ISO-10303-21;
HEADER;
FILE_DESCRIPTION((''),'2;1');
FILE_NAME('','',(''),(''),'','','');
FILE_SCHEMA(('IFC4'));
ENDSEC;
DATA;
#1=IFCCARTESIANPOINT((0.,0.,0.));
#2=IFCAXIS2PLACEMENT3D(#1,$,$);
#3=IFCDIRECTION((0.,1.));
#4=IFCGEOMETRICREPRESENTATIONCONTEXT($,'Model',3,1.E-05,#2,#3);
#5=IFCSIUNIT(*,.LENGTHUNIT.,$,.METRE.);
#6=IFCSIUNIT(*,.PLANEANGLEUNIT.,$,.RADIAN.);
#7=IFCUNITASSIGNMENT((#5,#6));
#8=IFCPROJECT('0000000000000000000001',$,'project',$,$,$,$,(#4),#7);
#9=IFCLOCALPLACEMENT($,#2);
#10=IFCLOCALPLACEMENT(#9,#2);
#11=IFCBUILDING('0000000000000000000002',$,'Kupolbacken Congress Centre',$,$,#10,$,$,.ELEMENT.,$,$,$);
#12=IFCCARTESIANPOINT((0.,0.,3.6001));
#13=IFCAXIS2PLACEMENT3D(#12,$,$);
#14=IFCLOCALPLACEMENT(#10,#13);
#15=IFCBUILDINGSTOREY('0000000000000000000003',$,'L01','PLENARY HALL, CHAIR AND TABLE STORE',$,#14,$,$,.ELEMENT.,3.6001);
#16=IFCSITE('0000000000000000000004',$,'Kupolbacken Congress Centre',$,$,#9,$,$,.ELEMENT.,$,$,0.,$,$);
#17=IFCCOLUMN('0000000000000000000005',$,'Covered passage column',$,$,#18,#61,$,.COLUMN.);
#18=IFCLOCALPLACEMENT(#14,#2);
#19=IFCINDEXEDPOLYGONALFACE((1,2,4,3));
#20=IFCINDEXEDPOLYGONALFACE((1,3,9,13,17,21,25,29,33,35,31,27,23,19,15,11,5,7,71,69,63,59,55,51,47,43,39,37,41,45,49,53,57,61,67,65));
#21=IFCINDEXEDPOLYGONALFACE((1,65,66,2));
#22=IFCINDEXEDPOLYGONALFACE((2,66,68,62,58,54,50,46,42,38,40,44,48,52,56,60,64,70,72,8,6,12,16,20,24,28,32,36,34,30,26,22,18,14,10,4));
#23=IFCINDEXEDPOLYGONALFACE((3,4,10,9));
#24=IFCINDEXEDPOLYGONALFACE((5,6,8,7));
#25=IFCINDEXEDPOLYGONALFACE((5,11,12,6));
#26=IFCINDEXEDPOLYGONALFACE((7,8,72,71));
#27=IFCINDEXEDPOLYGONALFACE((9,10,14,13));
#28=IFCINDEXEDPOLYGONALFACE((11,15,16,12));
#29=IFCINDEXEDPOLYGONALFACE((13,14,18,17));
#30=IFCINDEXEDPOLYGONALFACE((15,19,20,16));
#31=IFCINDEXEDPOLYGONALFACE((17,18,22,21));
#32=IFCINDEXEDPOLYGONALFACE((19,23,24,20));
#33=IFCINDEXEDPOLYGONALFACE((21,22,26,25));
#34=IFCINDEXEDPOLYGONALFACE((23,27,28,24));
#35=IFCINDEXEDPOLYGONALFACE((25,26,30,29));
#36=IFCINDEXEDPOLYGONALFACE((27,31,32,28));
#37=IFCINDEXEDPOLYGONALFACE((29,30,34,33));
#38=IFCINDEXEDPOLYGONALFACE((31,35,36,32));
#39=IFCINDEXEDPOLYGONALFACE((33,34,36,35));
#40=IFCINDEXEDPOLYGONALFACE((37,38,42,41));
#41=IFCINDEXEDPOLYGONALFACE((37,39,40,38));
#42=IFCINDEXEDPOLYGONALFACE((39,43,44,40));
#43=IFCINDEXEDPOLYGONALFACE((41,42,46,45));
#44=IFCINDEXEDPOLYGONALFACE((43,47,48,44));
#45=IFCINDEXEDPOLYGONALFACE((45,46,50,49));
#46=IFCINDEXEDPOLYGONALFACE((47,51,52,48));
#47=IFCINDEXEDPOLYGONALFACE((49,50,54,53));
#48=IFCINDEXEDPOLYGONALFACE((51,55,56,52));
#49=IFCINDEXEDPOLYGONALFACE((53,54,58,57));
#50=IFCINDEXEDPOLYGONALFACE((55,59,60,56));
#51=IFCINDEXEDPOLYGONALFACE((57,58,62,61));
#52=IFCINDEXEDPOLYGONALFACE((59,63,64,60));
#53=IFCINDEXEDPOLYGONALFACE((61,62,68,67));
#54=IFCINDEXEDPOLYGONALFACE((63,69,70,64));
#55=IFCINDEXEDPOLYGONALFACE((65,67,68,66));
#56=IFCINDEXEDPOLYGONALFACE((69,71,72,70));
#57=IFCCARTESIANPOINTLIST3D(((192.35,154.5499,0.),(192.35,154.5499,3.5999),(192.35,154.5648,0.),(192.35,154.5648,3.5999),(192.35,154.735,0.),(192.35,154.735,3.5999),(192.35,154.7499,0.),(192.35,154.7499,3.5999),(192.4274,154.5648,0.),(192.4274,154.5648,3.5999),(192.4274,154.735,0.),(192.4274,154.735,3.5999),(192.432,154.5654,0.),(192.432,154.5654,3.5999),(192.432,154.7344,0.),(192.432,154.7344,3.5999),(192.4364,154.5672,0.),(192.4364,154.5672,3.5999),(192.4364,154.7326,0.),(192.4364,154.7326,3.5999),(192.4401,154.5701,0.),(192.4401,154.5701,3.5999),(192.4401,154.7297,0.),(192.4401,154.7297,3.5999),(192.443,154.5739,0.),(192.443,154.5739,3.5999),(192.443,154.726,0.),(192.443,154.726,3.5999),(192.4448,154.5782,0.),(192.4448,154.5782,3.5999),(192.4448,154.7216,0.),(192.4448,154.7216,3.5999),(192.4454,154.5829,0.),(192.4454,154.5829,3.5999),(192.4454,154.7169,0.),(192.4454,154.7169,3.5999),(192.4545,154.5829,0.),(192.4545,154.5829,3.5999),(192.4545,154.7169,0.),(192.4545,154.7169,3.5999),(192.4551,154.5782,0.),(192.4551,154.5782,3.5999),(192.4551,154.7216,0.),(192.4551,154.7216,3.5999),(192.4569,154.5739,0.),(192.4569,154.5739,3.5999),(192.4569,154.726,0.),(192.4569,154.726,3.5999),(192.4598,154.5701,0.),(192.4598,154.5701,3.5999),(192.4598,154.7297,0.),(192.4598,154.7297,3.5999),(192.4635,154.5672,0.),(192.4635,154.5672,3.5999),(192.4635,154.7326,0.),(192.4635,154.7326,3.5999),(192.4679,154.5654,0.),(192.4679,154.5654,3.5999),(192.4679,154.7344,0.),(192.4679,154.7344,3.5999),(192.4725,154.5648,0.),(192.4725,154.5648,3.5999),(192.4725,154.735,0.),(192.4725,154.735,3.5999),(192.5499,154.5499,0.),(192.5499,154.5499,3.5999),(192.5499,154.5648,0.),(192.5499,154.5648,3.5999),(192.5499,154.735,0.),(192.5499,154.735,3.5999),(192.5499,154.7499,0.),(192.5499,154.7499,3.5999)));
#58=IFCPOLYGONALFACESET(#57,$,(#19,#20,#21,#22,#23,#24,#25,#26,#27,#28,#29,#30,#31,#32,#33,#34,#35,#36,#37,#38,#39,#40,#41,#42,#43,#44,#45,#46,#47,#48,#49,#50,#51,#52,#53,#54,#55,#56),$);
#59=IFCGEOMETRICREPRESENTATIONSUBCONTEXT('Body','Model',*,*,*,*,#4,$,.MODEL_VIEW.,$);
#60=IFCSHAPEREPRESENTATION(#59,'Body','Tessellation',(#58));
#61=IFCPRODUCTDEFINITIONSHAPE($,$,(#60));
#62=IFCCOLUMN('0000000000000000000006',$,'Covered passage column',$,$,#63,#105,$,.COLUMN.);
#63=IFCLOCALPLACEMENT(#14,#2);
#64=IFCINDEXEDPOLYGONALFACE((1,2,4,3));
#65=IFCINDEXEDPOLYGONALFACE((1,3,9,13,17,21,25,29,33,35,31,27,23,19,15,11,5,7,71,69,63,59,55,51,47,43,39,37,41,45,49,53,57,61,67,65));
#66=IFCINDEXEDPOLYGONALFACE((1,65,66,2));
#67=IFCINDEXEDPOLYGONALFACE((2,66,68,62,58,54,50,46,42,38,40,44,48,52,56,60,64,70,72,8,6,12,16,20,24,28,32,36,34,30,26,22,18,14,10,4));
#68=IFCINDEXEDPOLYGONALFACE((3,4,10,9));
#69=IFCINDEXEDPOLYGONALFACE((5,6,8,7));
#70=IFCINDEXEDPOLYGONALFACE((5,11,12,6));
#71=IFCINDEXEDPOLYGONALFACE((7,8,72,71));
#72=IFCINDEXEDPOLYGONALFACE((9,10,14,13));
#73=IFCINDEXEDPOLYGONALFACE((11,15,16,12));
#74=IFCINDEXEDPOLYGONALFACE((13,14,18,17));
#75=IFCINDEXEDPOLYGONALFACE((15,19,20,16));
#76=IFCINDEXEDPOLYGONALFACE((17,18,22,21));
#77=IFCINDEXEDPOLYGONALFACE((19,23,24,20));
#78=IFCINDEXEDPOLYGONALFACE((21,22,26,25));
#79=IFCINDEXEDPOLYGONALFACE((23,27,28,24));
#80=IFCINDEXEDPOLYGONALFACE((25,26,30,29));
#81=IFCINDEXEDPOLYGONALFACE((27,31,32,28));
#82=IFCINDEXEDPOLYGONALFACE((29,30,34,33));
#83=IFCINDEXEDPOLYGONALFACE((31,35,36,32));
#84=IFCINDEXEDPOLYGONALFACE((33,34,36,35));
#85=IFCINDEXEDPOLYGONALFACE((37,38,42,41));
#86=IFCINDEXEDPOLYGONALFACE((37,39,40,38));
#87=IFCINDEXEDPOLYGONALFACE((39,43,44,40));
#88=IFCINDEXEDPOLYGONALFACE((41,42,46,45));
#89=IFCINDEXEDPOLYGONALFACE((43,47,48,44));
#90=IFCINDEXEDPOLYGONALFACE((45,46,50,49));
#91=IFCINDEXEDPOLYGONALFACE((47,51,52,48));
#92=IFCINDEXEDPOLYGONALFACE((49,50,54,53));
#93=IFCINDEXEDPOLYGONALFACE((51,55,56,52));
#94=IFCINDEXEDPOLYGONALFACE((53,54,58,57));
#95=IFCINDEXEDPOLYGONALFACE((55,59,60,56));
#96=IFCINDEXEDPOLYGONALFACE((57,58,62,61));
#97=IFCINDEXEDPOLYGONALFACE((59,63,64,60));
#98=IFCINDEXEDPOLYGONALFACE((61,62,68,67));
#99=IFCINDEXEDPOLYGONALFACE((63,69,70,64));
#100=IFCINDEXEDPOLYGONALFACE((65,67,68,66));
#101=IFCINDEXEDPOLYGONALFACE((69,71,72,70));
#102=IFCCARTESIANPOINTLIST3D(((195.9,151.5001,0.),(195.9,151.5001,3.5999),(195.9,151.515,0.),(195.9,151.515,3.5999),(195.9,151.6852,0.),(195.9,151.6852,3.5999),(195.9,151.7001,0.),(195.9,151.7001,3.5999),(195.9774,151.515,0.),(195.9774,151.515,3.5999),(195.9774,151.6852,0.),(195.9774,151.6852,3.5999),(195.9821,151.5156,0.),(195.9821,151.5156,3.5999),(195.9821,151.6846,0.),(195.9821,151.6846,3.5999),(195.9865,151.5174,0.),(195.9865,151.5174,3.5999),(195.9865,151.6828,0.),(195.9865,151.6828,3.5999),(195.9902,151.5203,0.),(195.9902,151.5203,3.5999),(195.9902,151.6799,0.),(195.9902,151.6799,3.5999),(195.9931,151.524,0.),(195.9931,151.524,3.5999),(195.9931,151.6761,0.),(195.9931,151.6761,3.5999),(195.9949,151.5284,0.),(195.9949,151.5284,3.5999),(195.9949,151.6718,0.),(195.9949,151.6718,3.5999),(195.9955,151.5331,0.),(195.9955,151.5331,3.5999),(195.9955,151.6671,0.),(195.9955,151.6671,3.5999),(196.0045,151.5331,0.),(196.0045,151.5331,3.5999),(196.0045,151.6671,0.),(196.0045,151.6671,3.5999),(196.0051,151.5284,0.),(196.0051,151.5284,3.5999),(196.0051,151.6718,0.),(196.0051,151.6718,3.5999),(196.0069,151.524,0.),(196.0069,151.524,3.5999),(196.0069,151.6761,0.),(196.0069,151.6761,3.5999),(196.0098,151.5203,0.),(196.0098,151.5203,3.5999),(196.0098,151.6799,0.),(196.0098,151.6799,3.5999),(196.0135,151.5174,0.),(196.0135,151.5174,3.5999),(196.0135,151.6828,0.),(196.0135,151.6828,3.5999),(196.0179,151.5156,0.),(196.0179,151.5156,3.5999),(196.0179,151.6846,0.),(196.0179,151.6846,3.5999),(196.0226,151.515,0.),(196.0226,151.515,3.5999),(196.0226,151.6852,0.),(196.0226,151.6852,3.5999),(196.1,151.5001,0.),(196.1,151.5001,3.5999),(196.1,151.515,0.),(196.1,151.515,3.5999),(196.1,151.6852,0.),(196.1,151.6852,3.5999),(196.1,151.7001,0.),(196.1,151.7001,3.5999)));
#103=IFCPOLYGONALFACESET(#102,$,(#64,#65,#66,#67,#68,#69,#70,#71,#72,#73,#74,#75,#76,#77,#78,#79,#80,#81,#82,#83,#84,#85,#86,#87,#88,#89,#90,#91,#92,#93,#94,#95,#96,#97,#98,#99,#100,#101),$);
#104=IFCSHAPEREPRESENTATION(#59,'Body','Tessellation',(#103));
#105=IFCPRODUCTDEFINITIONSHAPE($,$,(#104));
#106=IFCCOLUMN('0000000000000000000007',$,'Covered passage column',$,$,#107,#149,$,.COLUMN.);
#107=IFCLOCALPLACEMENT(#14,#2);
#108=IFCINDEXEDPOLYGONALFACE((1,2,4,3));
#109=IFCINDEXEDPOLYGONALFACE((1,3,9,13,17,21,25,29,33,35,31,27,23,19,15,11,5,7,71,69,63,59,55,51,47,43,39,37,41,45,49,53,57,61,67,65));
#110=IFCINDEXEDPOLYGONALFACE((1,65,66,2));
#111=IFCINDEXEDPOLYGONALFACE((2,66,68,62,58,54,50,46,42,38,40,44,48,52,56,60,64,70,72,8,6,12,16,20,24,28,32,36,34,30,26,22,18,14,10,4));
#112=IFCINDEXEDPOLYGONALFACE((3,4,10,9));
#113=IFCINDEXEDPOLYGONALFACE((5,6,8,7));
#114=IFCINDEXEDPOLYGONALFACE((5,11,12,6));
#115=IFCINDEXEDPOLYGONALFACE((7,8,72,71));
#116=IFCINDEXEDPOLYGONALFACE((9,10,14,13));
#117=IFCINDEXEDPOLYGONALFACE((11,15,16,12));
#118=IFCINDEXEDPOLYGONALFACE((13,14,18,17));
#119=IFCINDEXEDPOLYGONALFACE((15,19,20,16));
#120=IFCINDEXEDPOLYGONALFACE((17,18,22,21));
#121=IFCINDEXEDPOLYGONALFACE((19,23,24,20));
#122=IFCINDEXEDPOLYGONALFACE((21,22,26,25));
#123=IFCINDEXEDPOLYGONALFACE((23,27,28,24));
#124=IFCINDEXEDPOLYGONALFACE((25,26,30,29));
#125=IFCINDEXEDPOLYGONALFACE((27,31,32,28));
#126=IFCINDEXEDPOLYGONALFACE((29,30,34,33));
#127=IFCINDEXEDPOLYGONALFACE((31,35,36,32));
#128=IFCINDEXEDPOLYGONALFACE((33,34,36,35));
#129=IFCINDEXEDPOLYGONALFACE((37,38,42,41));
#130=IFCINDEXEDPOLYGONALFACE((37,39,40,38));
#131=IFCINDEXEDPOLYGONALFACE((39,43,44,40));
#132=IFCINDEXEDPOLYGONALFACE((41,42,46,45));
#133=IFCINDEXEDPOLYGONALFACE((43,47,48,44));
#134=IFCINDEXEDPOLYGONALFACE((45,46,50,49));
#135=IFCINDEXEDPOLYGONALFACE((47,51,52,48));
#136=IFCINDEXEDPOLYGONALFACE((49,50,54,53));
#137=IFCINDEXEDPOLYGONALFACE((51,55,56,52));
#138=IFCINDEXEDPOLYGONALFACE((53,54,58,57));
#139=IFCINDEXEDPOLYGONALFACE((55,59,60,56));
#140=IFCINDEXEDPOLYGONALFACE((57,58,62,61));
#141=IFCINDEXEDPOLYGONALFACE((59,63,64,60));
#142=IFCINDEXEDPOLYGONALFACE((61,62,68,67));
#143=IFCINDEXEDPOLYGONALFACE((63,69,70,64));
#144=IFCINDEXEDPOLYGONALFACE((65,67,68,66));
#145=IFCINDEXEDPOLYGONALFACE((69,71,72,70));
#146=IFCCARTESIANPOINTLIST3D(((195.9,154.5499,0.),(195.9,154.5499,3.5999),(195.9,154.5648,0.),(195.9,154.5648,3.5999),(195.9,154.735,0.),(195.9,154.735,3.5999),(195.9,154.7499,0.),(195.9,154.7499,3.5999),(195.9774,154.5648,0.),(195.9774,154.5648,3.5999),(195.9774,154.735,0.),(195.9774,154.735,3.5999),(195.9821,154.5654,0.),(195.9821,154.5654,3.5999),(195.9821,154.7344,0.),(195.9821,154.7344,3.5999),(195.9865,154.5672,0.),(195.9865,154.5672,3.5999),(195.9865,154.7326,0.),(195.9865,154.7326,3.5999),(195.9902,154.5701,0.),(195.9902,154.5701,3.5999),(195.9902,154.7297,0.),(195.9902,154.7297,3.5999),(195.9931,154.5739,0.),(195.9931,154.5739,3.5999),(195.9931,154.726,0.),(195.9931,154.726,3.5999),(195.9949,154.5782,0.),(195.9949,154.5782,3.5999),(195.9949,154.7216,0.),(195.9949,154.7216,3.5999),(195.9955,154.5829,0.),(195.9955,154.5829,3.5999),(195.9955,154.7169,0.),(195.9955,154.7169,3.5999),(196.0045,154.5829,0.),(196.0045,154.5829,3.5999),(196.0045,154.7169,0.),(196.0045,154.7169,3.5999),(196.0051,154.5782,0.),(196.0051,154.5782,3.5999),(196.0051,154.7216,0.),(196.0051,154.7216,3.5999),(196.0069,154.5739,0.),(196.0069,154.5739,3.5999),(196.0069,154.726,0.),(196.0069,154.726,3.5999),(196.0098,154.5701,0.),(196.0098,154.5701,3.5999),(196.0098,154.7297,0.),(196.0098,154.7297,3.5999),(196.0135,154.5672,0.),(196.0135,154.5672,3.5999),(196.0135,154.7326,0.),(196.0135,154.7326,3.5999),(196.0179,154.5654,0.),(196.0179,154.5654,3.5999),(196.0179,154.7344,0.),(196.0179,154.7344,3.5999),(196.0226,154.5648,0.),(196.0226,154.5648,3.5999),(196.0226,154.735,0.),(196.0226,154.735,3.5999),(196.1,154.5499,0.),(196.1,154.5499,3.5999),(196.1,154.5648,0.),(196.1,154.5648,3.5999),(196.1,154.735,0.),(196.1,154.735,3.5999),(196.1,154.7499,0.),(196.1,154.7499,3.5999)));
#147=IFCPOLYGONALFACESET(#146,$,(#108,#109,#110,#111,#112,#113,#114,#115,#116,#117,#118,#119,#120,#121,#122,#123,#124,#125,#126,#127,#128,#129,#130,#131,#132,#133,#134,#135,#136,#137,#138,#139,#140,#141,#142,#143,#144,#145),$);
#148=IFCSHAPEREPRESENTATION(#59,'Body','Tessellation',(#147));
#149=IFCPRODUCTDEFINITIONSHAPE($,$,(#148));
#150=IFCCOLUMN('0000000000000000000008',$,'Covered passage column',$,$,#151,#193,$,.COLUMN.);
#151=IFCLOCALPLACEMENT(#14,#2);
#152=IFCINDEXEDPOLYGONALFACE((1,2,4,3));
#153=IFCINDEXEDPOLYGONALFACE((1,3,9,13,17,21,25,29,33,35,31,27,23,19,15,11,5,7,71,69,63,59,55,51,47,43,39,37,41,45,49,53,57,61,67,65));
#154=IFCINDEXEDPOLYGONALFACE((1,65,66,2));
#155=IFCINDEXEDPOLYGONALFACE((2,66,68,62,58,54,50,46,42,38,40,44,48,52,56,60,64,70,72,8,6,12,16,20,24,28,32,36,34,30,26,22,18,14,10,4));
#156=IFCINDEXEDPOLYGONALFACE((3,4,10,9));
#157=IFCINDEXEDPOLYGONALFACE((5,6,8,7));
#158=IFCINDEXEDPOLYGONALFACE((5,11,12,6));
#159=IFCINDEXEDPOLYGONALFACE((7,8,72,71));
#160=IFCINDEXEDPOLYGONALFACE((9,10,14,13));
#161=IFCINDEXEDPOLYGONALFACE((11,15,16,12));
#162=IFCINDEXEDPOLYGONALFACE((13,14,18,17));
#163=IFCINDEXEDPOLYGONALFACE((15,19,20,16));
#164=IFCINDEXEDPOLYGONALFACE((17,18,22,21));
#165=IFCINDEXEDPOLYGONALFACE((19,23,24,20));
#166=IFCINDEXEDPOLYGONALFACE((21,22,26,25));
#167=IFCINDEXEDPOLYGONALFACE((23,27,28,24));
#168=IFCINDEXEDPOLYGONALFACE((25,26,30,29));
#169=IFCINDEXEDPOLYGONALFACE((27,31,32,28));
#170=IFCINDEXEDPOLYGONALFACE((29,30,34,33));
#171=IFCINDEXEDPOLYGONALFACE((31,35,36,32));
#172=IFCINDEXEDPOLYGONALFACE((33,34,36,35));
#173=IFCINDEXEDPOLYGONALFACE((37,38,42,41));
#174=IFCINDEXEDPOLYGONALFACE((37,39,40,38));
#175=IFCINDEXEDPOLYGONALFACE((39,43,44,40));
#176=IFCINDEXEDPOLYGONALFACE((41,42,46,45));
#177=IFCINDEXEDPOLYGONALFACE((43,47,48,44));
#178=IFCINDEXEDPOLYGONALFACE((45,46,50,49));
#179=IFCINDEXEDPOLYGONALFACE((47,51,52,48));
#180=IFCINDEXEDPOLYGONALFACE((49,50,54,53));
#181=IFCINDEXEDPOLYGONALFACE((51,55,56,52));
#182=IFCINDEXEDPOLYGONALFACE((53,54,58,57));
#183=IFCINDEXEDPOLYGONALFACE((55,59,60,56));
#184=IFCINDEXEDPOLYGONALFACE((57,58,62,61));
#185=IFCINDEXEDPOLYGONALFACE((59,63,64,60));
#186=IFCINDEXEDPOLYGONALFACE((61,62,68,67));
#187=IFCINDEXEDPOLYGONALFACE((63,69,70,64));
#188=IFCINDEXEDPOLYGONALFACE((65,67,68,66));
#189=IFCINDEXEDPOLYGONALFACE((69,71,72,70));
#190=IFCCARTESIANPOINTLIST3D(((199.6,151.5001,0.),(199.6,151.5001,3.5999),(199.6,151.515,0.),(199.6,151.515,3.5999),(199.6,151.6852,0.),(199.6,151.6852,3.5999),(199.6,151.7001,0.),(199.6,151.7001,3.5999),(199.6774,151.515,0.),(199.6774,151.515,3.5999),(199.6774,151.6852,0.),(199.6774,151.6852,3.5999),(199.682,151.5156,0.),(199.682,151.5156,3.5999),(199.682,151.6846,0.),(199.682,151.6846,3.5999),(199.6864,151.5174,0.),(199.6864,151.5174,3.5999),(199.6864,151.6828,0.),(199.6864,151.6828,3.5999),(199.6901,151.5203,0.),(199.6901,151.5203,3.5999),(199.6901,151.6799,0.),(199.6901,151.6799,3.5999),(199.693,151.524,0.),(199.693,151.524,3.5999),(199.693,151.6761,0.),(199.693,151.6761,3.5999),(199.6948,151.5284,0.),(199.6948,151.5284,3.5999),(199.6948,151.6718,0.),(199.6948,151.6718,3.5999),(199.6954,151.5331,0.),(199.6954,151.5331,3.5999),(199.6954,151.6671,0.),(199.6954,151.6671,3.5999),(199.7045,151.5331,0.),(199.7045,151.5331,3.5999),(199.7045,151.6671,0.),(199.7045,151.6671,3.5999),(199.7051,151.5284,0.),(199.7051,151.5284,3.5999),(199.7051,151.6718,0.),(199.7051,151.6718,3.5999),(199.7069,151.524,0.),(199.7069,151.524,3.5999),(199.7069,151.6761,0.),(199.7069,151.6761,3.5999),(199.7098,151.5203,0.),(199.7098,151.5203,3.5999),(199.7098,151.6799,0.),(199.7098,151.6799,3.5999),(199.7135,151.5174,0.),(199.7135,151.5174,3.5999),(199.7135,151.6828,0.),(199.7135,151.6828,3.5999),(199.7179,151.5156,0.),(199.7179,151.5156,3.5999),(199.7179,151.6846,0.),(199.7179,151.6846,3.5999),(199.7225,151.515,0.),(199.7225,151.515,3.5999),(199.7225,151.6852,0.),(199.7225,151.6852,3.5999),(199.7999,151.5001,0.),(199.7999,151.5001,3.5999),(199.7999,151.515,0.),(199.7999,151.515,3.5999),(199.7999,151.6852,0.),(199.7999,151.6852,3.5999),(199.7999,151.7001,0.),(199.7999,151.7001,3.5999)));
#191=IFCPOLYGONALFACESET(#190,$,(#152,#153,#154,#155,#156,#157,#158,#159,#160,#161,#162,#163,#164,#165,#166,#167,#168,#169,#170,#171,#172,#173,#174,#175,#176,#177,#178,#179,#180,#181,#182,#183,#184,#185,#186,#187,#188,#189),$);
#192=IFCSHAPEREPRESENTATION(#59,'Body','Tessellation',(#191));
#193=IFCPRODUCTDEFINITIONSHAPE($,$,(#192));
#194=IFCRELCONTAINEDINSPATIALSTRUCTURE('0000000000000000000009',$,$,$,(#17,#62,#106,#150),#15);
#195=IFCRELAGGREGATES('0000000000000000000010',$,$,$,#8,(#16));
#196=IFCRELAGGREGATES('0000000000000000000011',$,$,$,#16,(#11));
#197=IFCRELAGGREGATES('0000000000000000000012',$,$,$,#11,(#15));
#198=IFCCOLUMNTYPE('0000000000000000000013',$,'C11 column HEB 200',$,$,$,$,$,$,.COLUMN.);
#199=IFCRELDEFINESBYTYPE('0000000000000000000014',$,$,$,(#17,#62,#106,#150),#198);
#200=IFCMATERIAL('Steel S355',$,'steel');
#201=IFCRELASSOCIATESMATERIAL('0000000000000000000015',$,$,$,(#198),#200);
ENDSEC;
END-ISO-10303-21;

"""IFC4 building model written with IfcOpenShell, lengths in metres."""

from ifc_helpers import new_model, si_unit, direction, frame, origin, origin_2d, place, context, subcontext, project, spatial, i_section, extrude, material, material_profile, profile_set, type_object, element, save


model = new_model("IFC4")

# Units and contexts
model_context = context("Model", 3, precision=1e-05, world=origin(), true_north=direction((0.0, 1.0)))
body_context = subcontext(model_context, "Body", "Model", "MODEL_VIEW")
ifc_project = project(units=[si_unit("LENGTHUNIT", "METRE"), si_unit("PLANEANGLEUNIT", "RADIAN")], contexts=[model_context])

# Site, building, storey
site_placement = place(None, origin())
site = spatial("IfcSite", under=ifc_project, at=site_placement, Name="Kupolbacken Congress Centre", CompositionType="ELEMENT", RefElevation=0.0)
building_placement = place(site_placement, origin())
building = spatial("IfcBuilding", under=site, at=building_placement, Name="Kupolbacken Congress Centre", CompositionType="ELEMENT")
storey_placement = place(building_placement, frame((0.0, 0.0, 3.6001)))
storey = spatial("IfcBuildingStorey", under=building, at=storey_placement, Name="L01", Description="PLENARY HALL, CHAIR AND TABLE STORE", CompositionType="ELEMENT", Elevation=3.6001)

# Columns
ifc_material_1 = material(Name="Steel S355", Category="steel")
ifc_material_profile_1 = material_profile(ifc_material_1, i_section(OverallWidth=0.2, OverallDepth=0.2, WebThickness=0.009, FlangeThickness=0.0149, FilletRadius=0.0181, at=origin_2d()), Name="HEB 200")
ifc_profile_set_1 = profile_set([ifc_material_profile_1], Name="Steel S355")
column_type_1 = type_object("IfcColumnType", Name="C11 column HEB 200", PredefinedType="COLUMN", material=ifc_profile_set_1)
for number, where, z_axis, x_axis, name in (
    (1, (192.45, 154.6499, 0.0), (0.0, 0.0, 1.0), (1.0, 0.0, 0.0), "Covered passage column"),
    (2, (196.0, 151.6001, 0.0), (0.0, 0.0, 1.0), (1.0, 0.0, 0.0), "Covered passage column"),
    (3, (196.0, 154.6499, 0.0), (0.0, 0.0, 1.0), (1.0, 0.0, 0.0), "Covered passage column"),
    (4, (199.7, 151.6001, 0.0), (0.0, 0.0, 1.0), (1.0, 0.0, 0.0), "Covered passage column"),
):
    element("IfcColumn", number, at=place(storey_placement, frame(where, z_axis=z_axis, x_axis=x_axis)), inside=storey, type_object=column_type_1, Name=name, PredefinedType="COLUMN", context=body_context, shape_type="SweptSolid", body=[
        extrude(i_section(OverallWidth=0.2, OverallDepth=0.2, WebThickness=0.009, FlangeThickness=0.0149, FilletRadius=0.0181, at=origin_2d()), origin(), (0.0, 0.0, 1.0), 3.5999),
    ])

save(model, "model.ifc")
